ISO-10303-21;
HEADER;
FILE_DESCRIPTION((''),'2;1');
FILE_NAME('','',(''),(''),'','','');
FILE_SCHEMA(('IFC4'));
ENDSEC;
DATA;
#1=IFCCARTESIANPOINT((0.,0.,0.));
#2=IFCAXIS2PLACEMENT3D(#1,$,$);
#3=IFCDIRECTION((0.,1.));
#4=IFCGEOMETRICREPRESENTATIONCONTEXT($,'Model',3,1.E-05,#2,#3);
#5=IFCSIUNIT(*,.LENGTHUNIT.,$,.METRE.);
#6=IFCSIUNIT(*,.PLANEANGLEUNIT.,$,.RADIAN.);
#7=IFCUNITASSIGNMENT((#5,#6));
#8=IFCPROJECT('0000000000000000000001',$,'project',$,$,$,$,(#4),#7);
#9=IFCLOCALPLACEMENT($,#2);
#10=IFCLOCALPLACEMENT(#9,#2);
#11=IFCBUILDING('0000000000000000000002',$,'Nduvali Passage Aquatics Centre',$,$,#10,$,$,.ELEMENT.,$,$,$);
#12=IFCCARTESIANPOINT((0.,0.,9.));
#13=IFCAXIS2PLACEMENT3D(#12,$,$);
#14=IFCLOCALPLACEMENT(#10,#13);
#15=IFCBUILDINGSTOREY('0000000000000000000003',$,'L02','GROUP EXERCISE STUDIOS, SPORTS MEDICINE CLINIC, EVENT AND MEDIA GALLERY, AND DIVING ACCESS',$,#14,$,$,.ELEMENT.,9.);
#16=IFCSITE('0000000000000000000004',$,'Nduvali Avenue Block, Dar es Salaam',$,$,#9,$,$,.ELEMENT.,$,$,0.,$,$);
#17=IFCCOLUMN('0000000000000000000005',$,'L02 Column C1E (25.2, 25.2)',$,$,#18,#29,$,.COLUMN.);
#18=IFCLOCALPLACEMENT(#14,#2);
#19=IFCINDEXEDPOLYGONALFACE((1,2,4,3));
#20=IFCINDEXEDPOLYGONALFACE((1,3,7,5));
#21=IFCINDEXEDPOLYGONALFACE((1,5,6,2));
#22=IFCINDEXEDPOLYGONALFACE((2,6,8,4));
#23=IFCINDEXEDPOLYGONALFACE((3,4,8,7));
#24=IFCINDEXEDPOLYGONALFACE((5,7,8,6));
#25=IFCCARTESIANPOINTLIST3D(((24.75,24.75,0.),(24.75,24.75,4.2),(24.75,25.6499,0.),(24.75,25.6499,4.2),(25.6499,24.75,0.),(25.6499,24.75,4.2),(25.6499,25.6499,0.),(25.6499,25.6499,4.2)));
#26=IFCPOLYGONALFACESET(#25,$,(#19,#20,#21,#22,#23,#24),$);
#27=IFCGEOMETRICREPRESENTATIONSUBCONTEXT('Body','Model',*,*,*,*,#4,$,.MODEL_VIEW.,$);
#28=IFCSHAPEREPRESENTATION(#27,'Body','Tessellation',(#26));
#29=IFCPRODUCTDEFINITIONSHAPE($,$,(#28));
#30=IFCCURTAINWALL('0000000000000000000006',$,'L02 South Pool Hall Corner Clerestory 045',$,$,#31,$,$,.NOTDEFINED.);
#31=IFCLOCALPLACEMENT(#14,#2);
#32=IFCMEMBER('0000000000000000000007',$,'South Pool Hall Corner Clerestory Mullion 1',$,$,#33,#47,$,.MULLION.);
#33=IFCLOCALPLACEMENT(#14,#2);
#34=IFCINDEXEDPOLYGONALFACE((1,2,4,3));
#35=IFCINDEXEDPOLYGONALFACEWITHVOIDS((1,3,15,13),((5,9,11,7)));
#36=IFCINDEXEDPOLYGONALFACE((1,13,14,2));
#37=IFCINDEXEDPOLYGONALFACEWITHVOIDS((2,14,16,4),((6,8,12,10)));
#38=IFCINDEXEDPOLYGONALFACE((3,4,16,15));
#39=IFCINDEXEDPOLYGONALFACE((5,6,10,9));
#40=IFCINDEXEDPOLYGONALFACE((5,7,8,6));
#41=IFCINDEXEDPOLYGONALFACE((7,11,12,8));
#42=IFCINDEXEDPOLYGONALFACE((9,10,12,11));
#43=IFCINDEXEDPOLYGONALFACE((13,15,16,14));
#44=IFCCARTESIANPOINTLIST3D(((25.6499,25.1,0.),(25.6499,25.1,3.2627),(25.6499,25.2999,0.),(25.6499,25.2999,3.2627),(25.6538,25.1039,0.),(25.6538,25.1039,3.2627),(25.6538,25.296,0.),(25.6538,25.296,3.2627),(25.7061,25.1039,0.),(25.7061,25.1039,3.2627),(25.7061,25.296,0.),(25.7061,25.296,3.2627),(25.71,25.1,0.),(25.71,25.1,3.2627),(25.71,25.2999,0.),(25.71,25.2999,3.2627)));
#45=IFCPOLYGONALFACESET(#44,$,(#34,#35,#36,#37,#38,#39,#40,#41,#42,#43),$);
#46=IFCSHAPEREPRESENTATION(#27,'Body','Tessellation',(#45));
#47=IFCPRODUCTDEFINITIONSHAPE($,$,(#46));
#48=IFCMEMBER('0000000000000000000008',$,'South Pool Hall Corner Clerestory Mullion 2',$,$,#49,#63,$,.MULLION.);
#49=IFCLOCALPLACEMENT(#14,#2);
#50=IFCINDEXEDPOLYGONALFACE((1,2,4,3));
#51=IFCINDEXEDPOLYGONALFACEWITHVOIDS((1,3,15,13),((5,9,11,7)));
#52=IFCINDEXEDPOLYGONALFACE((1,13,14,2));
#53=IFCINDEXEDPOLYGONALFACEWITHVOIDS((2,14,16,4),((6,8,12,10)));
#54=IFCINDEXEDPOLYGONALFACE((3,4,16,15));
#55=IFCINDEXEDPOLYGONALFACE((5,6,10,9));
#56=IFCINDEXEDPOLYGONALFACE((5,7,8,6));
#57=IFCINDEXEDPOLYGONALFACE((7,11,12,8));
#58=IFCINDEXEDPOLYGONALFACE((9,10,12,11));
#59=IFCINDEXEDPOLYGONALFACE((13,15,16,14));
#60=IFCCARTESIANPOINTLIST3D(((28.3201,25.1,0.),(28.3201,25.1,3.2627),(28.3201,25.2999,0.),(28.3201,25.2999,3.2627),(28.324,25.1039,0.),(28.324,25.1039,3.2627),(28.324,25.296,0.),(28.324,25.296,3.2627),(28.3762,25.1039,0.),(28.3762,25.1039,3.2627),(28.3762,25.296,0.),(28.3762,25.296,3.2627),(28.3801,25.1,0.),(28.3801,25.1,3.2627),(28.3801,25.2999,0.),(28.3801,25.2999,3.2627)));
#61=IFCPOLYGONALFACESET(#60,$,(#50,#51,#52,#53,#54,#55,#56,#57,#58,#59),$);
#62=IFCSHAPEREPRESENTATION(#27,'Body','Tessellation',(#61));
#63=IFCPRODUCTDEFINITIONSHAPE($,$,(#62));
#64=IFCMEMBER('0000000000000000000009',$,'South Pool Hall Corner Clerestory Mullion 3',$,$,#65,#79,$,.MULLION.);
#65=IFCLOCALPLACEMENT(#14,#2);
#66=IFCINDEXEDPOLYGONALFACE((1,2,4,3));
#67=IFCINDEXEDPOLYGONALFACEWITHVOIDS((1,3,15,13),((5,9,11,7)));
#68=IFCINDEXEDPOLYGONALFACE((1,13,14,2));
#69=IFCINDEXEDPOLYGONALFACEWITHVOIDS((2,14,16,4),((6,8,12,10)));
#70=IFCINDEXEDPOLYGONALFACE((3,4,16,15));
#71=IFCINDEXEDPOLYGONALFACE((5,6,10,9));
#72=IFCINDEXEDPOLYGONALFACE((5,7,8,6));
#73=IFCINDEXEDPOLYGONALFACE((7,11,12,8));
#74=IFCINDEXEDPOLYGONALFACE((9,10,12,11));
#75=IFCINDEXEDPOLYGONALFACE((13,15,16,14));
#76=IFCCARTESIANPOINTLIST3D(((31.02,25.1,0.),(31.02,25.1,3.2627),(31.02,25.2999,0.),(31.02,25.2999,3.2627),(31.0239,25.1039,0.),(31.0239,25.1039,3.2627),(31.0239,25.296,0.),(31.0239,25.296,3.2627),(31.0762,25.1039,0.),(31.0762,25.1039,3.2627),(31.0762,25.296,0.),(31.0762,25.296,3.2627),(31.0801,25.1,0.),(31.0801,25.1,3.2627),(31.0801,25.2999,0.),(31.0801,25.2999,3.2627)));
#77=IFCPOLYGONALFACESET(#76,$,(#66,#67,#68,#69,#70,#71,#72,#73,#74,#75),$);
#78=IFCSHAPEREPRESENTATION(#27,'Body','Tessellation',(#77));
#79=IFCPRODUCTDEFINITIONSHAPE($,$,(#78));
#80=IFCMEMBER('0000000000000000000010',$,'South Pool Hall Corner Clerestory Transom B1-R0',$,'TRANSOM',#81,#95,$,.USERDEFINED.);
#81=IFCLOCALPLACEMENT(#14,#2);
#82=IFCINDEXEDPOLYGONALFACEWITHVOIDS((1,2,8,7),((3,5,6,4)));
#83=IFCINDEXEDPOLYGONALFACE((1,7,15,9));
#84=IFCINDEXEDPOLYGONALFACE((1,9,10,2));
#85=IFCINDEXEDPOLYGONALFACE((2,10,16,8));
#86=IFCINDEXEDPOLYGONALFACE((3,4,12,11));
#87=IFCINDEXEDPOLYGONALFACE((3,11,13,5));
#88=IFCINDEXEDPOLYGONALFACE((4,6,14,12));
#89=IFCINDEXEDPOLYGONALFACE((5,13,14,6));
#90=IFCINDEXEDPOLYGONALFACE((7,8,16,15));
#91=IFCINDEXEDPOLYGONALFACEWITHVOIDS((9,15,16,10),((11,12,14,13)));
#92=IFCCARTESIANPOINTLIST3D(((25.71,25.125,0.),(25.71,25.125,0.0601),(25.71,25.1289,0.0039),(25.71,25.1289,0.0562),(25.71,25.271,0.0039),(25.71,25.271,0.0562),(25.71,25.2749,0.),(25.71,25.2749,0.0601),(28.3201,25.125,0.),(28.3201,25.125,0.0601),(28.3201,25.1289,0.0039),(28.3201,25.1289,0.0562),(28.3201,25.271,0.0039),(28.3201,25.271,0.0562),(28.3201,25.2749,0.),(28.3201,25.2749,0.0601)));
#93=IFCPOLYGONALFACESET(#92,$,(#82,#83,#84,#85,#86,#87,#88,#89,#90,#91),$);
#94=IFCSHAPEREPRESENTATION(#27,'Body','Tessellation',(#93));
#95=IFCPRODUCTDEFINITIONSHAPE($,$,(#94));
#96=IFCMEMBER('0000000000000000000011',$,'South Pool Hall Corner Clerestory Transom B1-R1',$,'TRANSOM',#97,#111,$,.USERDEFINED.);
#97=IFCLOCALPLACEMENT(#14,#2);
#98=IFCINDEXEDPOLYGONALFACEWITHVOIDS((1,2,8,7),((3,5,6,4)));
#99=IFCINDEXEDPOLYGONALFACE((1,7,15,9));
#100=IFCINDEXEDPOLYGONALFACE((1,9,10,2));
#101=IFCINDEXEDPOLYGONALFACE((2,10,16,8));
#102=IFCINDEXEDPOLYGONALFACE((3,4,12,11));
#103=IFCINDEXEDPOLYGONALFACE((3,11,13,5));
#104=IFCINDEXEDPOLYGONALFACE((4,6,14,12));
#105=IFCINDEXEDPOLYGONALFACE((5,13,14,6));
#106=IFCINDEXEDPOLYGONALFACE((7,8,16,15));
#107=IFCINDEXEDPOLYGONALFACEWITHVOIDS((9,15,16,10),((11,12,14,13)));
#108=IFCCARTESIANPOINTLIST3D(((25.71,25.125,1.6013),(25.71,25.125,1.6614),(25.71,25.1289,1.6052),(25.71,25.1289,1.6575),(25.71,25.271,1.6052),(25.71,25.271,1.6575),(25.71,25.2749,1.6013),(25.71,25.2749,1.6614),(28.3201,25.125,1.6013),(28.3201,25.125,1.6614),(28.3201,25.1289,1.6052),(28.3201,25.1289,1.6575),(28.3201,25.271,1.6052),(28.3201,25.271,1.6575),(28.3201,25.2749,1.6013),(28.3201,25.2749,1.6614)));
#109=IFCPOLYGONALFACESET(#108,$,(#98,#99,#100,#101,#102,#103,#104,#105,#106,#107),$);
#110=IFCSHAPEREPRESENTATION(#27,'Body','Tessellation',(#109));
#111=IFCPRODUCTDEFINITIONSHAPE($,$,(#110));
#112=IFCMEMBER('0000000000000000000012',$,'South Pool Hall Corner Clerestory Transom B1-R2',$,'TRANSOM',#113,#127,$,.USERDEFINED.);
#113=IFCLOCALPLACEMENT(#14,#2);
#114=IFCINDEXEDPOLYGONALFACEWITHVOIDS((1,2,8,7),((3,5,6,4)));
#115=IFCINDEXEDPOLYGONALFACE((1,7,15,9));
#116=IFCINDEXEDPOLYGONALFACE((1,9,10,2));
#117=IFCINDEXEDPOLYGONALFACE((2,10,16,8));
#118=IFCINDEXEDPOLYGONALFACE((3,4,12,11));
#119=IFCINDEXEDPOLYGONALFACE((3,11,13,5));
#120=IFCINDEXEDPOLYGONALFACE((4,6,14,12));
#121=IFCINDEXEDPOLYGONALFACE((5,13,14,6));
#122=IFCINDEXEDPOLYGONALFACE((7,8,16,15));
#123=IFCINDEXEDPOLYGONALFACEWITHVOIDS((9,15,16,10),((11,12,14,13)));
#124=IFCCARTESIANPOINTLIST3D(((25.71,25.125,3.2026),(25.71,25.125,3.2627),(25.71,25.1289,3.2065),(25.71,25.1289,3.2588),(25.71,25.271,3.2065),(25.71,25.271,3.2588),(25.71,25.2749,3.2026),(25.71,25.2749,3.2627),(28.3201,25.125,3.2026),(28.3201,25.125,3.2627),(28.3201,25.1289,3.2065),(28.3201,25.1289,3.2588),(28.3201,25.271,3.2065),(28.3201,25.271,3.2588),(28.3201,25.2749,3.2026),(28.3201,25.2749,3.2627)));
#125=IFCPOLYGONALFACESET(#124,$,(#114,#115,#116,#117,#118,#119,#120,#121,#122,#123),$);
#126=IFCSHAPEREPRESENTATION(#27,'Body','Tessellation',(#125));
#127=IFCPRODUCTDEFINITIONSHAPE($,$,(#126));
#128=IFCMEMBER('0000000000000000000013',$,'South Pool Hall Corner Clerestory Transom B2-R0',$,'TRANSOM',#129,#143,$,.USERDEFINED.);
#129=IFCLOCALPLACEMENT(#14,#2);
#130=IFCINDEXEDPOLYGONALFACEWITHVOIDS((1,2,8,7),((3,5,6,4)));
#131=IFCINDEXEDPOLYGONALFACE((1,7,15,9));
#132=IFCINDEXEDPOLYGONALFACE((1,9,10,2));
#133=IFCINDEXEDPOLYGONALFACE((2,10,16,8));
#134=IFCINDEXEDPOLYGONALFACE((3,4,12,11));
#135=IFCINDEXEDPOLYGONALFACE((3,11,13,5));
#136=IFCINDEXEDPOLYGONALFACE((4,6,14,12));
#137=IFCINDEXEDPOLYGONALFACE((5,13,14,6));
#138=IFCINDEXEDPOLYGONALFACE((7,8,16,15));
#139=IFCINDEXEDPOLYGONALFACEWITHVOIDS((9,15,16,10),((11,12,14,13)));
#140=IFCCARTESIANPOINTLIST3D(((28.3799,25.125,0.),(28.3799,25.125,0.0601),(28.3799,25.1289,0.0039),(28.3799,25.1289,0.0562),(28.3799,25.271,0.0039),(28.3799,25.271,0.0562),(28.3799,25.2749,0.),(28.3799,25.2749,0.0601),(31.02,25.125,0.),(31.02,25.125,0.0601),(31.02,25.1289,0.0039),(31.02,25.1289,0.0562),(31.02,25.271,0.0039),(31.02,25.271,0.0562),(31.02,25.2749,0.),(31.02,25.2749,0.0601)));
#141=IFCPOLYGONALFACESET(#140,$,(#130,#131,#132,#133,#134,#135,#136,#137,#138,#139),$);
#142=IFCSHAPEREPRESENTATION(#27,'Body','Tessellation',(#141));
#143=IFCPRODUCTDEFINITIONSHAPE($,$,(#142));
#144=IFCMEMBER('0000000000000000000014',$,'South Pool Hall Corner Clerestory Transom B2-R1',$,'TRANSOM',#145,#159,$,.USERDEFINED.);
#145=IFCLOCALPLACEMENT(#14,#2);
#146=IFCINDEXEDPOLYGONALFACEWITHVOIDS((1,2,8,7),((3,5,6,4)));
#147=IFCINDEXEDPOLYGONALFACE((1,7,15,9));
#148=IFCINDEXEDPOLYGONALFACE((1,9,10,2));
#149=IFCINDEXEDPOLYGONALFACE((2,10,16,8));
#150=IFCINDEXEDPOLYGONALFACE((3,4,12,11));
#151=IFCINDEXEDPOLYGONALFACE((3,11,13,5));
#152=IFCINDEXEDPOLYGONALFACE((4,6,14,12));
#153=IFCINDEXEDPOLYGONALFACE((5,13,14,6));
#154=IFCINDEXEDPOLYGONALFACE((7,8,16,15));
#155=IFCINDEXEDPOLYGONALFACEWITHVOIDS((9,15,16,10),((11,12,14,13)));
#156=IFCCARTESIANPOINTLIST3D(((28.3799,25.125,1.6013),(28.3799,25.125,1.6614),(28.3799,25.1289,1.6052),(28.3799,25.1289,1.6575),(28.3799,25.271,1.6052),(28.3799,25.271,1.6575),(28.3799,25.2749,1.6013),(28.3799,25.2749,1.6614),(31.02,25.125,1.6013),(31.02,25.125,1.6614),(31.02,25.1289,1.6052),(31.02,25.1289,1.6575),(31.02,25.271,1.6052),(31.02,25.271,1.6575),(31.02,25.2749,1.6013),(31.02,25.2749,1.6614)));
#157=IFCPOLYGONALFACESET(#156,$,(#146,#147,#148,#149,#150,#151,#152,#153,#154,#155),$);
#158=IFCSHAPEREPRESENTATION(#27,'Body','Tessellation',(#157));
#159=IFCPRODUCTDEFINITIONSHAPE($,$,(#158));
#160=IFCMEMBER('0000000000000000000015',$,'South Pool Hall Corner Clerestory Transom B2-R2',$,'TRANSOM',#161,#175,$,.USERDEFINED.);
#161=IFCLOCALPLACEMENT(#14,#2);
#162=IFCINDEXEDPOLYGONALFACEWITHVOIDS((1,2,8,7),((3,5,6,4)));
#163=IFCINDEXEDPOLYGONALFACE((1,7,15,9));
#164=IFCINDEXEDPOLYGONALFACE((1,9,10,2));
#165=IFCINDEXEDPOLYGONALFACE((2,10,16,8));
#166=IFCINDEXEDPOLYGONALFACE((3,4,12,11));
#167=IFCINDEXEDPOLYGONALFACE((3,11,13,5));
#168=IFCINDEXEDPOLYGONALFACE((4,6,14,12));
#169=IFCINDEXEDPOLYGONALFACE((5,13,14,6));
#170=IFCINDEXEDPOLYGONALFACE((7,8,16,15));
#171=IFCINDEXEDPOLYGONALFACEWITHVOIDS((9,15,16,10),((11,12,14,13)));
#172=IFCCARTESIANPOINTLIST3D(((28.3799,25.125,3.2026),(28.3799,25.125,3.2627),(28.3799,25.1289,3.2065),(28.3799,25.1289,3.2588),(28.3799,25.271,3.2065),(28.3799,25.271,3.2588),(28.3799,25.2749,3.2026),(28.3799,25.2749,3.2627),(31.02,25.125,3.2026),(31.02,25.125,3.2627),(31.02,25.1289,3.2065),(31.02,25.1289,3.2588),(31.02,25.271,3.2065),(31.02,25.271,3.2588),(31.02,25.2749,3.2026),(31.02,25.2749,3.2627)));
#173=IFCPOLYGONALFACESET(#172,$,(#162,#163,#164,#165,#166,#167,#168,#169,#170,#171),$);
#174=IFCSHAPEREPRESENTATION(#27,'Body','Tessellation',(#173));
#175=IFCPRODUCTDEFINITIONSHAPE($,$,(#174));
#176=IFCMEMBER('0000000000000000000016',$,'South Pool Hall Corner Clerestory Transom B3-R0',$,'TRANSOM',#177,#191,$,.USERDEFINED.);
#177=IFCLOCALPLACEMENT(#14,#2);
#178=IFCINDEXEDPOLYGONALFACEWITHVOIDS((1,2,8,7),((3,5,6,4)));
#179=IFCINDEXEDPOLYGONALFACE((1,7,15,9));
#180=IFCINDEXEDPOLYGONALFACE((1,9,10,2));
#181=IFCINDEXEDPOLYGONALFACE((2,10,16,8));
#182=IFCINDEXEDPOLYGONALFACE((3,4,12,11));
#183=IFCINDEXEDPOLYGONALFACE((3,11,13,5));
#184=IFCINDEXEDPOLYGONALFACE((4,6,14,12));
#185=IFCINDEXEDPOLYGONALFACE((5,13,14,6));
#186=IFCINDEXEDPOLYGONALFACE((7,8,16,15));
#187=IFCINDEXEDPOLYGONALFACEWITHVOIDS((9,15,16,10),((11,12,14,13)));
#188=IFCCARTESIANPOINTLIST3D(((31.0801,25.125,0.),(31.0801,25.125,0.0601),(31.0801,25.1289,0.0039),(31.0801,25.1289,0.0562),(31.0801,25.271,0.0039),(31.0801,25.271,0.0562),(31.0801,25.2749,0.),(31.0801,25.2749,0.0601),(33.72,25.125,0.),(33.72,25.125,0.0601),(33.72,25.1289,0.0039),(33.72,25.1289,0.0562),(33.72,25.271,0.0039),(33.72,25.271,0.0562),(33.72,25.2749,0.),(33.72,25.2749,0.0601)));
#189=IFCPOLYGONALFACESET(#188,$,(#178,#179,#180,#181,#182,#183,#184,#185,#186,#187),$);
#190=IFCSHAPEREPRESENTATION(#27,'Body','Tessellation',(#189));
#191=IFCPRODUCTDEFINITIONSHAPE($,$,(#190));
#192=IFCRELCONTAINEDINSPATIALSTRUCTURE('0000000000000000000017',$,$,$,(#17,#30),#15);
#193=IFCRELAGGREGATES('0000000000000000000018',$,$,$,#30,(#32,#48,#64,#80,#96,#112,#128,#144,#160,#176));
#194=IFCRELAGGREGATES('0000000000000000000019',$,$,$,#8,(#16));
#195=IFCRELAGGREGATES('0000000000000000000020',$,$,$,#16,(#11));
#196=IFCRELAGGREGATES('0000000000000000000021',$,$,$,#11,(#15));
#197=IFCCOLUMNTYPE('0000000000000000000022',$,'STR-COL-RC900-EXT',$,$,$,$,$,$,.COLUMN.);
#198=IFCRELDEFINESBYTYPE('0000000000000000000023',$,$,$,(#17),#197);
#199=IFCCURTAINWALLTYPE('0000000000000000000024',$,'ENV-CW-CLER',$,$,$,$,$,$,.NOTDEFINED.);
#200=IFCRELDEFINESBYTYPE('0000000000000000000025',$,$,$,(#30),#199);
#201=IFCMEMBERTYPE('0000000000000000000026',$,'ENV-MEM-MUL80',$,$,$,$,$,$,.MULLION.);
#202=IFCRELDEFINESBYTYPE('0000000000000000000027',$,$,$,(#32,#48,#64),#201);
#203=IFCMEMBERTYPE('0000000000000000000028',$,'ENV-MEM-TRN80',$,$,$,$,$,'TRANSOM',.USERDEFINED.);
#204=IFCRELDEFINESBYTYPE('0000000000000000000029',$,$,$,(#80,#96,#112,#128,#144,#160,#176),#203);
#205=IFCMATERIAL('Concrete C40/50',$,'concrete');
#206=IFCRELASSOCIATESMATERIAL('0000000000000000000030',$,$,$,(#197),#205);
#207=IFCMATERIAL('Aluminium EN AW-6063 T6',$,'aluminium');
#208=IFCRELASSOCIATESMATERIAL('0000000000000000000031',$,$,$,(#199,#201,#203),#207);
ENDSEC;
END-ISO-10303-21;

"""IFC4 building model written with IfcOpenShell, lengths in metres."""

from ifc_helpers import new_model, si_unit, direction, frame, origin, origin_2d, place, context, subcontext, project, spatial, rectangle, hollow_rectangle, extrude, material, material_profile, profile_set, type_object, element, aggregate, save


model = new_model("IFC4")

# Units and contexts
model_context = context("Model", 3, precision=1e-05, world=origin(), true_north=direction((0.0, 1.0)))
body_context = subcontext(model_context, "Body", "Model", "MODEL_VIEW")
ifc_project = project(units=[si_unit("LENGTHUNIT", "METRE"), si_unit("PLANEANGLEUNIT", "RADIAN")], contexts=[model_context])

# Site, building, storey
site_placement = place(None, origin())
site = spatial("IfcSite", under=ifc_project, at=site_placement, Name="Nduvali Avenue Block, Dar es Salaam", CompositionType="ELEMENT", RefElevation=0.0)
building_placement = place(site_placement, origin())
building = spatial("IfcBuilding", under=site, at=building_placement, Name="Nduvali Passage Aquatics Centre", CompositionType="ELEMENT")
storey_placement = place(building_placement, frame((0.0, 0.0, 9.0)))
storey = spatial("IfcBuildingStorey", under=building, at=storey_placement, Name="L02", Description="GROUP EXERCISE STUDIOS, SPORTS MEDICINE CLINIC, EVENT AND MEDIA GALLERY, AND DIVING ACCESS", CompositionType="ELEMENT", Elevation=9.0)

# Column
ifc_material_1 = material(Name="Concrete C40/50", Category="concrete")
ifc_material_profile_1 = material_profile(ifc_material_1, rectangle(XDim=0.8999, YDim=0.8999, at=origin_2d()), Name="RC 900x900")
ifc_profile_set_1 = profile_set([ifc_material_profile_1], Name="Concrete C40/50")
column_type = type_object("IfcColumnType", Name="STR-COL-RC900-EXT", PredefinedType="COLUMN", material=ifc_profile_set_1)
column_placement = place(storey_placement, frame((25.2, 25.2, 0.0), z_axis=(0.0, 0.0, 1.0), x_axis=(1.0, 0.0, 0.0)))
element("IfcColumn", 1, at=column_placement, inside=storey, type_object=column_type, Name="L02 Column C1E (25.2, 25.2)", PredefinedType="COLUMN", context=body_context, shape_type="SweptSolid", body=[
    extrude(rectangle(XDim=0.8999, YDim=0.8999, at=origin_2d()), origin(), (0.0, 0.0, 1.0), 4.2),
])

# Curtain wall, members
ifc_material_2 = material(Name="Aluminium EN AW-6063 T6", Category="aluminium")
curtain_wall_type = type_object("IfcCurtainWallType", Name="ENV-CW-CLER", PredefinedType="NOTDEFINED", material=ifc_material_2)
curtain_wall_placement = place(storey_placement, origin())
curtain_wall = element("IfcCurtainWall", 2, at=curtain_wall_placement, inside=storey, type_object=curtain_wall_type, Name="L02 South Pool Hall Corner Clerestory 045", PredefinedType="NOTDEFINED")
ifc_material_profile_2 = material_profile(ifc_material_2, hollow_rectangle(XDim=0.0601, YDim=0.2, WallThickness=0.0039, at=origin_2d()), Name="ALU MULLION 60x200x4")
ifc_profile_set_2 = profile_set([ifc_material_profile_2], Name="Aluminium EN AW-6063 T6")
member_type_1 = type_object("IfcMemberType", Name="ENV-MEM-MUL80", PredefinedType="MULLION", material=ifc_profile_set_2)
member_1_placement = place(storey_placement, frame((25.6799, 25.2, 0.0), z_axis=(0.0, 0.0, 1.0), x_axis=(1.0, 0.0, 0.0)))
member_1 = element("IfcMember", 3, at=member_1_placement, type_object=member_type_1, Name="South Pool Hall Corner Clerestory Mullion 1", PredefinedType="MULLION", context=body_context, shape_type="SweptSolid", body=[
    extrude(hollow_rectangle(XDim=0.0601, YDim=0.2, WallThickness=0.0039, at=origin_2d()), origin(), (0.0, 0.0, 1.0), 3.2627),
])
member_2_placement = place(storey_placement, frame((28.3501, 25.2, 0.0), z_axis=(0.0, 0.0, 1.0), x_axis=(1.0, 0.0, 0.0)))
member_2 = element("IfcMember", 4, at=member_2_placement, type_object=member_type_1, Name="South Pool Hall Corner Clerestory Mullion 2", PredefinedType="MULLION", context=body_context, shape_type="SweptSolid", body=[
    extrude(hollow_rectangle(XDim=0.0601, YDim=0.2, WallThickness=0.0039, at=origin_2d()), origin(), (0.0, 0.0, 1.0), 3.2627),
])
member_3_placement = place(storey_placement, frame((31.05, 25.2, 0.0), z_axis=(0.0, 0.0, 1.0), x_axis=(1.0, 0.0, 0.0)))
member_3 = element("IfcMember", 5, at=member_3_placement, type_object=member_type_1, Name="South Pool Hall Corner Clerestory Mullion 3", PredefinedType="MULLION", context=body_context, shape_type="SweptSolid", body=[
    extrude(hollow_rectangle(XDim=0.0601, YDim=0.2, WallThickness=0.0039, at=origin_2d()), origin(), (0.0, 0.0, 1.0), 3.2627),
])
ifc_material_profile_3 = material_profile(ifc_material_2, hollow_rectangle(XDim=0.1499, YDim=0.0601, WallThickness=0.0039, at=origin_2d()), Name="ALU TRANSOM 150x60x4")
ifc_profile_set_3 = profile_set([ifc_material_profile_3], Name="Aluminium EN AW-6063 T6")
member_type_2 = type_object("IfcMemberType", Name="ENV-MEM-TRN80", ElementType="TRANSOM", PredefinedType="USERDEFINED", material=ifc_profile_set_3)
member_4_placement = place(storey_placement, frame((25.71, 25.2, 0.03), z_axis=(1.0, 0.0, 0.0), x_axis=(0.0, 1.0, 0.0)))
member_4 = element("IfcMember", 6, at=member_4_placement, type_object=member_type_2, Name="South Pool Hall Corner Clerestory Transom B1-R0", ObjectType="TRANSOM", PredefinedType="USERDEFINED", context=body_context, shape_type="SweptSolid", body=[
    extrude(hollow_rectangle(XDim=0.1499, YDim=0.0601, WallThickness=0.0039, at=origin_2d()), origin(), (0.0, 0.0, 1.0), 2.6101),
])
member_5_placement = place(storey_placement, frame((25.71, 25.2, 1.6313), z_axis=(1.0, 0.0, 0.0), x_axis=(0.0, 1.0, 0.0)))
member_5 = element("IfcMember", 7, at=member_5_placement, type_object=member_type_2, Name="South Pool Hall Corner Clerestory Transom B1-R1", ObjectType="TRANSOM", PredefinedType="USERDEFINED", context=body_context, shape_type="SweptSolid", body=[
    extrude(hollow_rectangle(XDim=0.1499, YDim=0.0601, WallThickness=0.0039, at=origin_2d()), origin(), (0.0, 0.0, 1.0), 2.6101),
])
member_6_placement = place(storey_placement, frame((25.71, 25.2, 3.2327), z_axis=(1.0, 0.0, 0.0), x_axis=(0.0, 1.0, 0.0)))
member_6 = element("IfcMember", 8, at=member_6_placement, type_object=member_type_2, Name="South Pool Hall Corner Clerestory Transom B1-R2", ObjectType="TRANSOM", PredefinedType="USERDEFINED", context=body_context, shape_type="SweptSolid", body=[
    extrude(hollow_rectangle(XDim=0.1499, YDim=0.0601, WallThickness=0.0039, at=origin_2d()), origin(), (0.0, 0.0, 1.0), 2.6101),
])
member_7_placement = place(storey_placement, frame((28.3799, 25.2, 0.03), z_axis=(1.0, 0.0, 0.0), x_axis=(0.0, 1.0, 0.0)))
member_7 = element("IfcMember", 9, at=member_7_placement, type_object=member_type_2, Name="South Pool Hall Corner Clerestory Transom B2-R0", ObjectType="TRANSOM", PredefinedType="USERDEFINED", context=body_context, shape_type="SweptSolid", body=[
    extrude(hollow_rectangle(XDim=0.1499, YDim=0.0601, WallThickness=0.0039, at=origin_2d()), origin(), (0.0, 0.0, 1.0), 2.6401),
])
member_8_placement = place(storey_placement, frame((28.3799, 25.2, 1.6313), z_axis=(1.0, 0.0, 0.0), x_axis=(0.0, 1.0, 0.0)))
member_8 = element("IfcMember", 10, at=member_8_placement, type_object=member_type_2, Name="South Pool Hall Corner Clerestory Transom B2-R1", ObjectType="TRANSOM", PredefinedType="USERDEFINED", context=body_context, shape_type="SweptSolid", body=[
    extrude(hollow_rectangle(XDim=0.1499, YDim=0.0601, WallThickness=0.0039, at=origin_2d()), origin(), (0.0, 0.0, 1.0), 2.6401),
])
member_9_placement = place(storey_placement, frame((28.3799, 25.2, 3.2327), z_axis=(1.0, 0.0, 0.0), x_axis=(0.0, 1.0, 0.0)))
member_9 = element("IfcMember", 11, at=member_9_placement, type_object=member_type_2, Name="South Pool Hall Corner Clerestory Transom B2-R2", ObjectType="TRANSOM", PredefinedType="USERDEFINED", context=body_context, shape_type="SweptSolid", body=[
    extrude(hollow_rectangle(XDim=0.1499, YDim=0.0601, WallThickness=0.0039, at=origin_2d()), origin(), (0.0, 0.0, 1.0), 2.6401),
])
member_10_placement = place(storey_placement, frame((31.0801, 25.2, 0.03), z_axis=(1.0, 0.0, 0.0), x_axis=(0.0, 1.0, 0.0)))
member_10 = element("IfcMember", 12, at=member_10_placement, type_object=member_type_2, Name="South Pool Hall Corner Clerestory Transom B3-R0", ObjectType="TRANSOM", PredefinedType="USERDEFINED", context=body_context, shape_type="SweptSolid", body=[
    extrude(hollow_rectangle(XDim=0.1499, YDim=0.0601, WallThickness=0.0039, at=origin_2d()), origin(), (0.0, 0.0, 1.0), 2.6399),
])

aggregate(curtain_wall, [member_1, member_2, member_3, member_4, member_5, member_6, member_7, member_8, member_9, member_10])

save(model, "model.ifc")
